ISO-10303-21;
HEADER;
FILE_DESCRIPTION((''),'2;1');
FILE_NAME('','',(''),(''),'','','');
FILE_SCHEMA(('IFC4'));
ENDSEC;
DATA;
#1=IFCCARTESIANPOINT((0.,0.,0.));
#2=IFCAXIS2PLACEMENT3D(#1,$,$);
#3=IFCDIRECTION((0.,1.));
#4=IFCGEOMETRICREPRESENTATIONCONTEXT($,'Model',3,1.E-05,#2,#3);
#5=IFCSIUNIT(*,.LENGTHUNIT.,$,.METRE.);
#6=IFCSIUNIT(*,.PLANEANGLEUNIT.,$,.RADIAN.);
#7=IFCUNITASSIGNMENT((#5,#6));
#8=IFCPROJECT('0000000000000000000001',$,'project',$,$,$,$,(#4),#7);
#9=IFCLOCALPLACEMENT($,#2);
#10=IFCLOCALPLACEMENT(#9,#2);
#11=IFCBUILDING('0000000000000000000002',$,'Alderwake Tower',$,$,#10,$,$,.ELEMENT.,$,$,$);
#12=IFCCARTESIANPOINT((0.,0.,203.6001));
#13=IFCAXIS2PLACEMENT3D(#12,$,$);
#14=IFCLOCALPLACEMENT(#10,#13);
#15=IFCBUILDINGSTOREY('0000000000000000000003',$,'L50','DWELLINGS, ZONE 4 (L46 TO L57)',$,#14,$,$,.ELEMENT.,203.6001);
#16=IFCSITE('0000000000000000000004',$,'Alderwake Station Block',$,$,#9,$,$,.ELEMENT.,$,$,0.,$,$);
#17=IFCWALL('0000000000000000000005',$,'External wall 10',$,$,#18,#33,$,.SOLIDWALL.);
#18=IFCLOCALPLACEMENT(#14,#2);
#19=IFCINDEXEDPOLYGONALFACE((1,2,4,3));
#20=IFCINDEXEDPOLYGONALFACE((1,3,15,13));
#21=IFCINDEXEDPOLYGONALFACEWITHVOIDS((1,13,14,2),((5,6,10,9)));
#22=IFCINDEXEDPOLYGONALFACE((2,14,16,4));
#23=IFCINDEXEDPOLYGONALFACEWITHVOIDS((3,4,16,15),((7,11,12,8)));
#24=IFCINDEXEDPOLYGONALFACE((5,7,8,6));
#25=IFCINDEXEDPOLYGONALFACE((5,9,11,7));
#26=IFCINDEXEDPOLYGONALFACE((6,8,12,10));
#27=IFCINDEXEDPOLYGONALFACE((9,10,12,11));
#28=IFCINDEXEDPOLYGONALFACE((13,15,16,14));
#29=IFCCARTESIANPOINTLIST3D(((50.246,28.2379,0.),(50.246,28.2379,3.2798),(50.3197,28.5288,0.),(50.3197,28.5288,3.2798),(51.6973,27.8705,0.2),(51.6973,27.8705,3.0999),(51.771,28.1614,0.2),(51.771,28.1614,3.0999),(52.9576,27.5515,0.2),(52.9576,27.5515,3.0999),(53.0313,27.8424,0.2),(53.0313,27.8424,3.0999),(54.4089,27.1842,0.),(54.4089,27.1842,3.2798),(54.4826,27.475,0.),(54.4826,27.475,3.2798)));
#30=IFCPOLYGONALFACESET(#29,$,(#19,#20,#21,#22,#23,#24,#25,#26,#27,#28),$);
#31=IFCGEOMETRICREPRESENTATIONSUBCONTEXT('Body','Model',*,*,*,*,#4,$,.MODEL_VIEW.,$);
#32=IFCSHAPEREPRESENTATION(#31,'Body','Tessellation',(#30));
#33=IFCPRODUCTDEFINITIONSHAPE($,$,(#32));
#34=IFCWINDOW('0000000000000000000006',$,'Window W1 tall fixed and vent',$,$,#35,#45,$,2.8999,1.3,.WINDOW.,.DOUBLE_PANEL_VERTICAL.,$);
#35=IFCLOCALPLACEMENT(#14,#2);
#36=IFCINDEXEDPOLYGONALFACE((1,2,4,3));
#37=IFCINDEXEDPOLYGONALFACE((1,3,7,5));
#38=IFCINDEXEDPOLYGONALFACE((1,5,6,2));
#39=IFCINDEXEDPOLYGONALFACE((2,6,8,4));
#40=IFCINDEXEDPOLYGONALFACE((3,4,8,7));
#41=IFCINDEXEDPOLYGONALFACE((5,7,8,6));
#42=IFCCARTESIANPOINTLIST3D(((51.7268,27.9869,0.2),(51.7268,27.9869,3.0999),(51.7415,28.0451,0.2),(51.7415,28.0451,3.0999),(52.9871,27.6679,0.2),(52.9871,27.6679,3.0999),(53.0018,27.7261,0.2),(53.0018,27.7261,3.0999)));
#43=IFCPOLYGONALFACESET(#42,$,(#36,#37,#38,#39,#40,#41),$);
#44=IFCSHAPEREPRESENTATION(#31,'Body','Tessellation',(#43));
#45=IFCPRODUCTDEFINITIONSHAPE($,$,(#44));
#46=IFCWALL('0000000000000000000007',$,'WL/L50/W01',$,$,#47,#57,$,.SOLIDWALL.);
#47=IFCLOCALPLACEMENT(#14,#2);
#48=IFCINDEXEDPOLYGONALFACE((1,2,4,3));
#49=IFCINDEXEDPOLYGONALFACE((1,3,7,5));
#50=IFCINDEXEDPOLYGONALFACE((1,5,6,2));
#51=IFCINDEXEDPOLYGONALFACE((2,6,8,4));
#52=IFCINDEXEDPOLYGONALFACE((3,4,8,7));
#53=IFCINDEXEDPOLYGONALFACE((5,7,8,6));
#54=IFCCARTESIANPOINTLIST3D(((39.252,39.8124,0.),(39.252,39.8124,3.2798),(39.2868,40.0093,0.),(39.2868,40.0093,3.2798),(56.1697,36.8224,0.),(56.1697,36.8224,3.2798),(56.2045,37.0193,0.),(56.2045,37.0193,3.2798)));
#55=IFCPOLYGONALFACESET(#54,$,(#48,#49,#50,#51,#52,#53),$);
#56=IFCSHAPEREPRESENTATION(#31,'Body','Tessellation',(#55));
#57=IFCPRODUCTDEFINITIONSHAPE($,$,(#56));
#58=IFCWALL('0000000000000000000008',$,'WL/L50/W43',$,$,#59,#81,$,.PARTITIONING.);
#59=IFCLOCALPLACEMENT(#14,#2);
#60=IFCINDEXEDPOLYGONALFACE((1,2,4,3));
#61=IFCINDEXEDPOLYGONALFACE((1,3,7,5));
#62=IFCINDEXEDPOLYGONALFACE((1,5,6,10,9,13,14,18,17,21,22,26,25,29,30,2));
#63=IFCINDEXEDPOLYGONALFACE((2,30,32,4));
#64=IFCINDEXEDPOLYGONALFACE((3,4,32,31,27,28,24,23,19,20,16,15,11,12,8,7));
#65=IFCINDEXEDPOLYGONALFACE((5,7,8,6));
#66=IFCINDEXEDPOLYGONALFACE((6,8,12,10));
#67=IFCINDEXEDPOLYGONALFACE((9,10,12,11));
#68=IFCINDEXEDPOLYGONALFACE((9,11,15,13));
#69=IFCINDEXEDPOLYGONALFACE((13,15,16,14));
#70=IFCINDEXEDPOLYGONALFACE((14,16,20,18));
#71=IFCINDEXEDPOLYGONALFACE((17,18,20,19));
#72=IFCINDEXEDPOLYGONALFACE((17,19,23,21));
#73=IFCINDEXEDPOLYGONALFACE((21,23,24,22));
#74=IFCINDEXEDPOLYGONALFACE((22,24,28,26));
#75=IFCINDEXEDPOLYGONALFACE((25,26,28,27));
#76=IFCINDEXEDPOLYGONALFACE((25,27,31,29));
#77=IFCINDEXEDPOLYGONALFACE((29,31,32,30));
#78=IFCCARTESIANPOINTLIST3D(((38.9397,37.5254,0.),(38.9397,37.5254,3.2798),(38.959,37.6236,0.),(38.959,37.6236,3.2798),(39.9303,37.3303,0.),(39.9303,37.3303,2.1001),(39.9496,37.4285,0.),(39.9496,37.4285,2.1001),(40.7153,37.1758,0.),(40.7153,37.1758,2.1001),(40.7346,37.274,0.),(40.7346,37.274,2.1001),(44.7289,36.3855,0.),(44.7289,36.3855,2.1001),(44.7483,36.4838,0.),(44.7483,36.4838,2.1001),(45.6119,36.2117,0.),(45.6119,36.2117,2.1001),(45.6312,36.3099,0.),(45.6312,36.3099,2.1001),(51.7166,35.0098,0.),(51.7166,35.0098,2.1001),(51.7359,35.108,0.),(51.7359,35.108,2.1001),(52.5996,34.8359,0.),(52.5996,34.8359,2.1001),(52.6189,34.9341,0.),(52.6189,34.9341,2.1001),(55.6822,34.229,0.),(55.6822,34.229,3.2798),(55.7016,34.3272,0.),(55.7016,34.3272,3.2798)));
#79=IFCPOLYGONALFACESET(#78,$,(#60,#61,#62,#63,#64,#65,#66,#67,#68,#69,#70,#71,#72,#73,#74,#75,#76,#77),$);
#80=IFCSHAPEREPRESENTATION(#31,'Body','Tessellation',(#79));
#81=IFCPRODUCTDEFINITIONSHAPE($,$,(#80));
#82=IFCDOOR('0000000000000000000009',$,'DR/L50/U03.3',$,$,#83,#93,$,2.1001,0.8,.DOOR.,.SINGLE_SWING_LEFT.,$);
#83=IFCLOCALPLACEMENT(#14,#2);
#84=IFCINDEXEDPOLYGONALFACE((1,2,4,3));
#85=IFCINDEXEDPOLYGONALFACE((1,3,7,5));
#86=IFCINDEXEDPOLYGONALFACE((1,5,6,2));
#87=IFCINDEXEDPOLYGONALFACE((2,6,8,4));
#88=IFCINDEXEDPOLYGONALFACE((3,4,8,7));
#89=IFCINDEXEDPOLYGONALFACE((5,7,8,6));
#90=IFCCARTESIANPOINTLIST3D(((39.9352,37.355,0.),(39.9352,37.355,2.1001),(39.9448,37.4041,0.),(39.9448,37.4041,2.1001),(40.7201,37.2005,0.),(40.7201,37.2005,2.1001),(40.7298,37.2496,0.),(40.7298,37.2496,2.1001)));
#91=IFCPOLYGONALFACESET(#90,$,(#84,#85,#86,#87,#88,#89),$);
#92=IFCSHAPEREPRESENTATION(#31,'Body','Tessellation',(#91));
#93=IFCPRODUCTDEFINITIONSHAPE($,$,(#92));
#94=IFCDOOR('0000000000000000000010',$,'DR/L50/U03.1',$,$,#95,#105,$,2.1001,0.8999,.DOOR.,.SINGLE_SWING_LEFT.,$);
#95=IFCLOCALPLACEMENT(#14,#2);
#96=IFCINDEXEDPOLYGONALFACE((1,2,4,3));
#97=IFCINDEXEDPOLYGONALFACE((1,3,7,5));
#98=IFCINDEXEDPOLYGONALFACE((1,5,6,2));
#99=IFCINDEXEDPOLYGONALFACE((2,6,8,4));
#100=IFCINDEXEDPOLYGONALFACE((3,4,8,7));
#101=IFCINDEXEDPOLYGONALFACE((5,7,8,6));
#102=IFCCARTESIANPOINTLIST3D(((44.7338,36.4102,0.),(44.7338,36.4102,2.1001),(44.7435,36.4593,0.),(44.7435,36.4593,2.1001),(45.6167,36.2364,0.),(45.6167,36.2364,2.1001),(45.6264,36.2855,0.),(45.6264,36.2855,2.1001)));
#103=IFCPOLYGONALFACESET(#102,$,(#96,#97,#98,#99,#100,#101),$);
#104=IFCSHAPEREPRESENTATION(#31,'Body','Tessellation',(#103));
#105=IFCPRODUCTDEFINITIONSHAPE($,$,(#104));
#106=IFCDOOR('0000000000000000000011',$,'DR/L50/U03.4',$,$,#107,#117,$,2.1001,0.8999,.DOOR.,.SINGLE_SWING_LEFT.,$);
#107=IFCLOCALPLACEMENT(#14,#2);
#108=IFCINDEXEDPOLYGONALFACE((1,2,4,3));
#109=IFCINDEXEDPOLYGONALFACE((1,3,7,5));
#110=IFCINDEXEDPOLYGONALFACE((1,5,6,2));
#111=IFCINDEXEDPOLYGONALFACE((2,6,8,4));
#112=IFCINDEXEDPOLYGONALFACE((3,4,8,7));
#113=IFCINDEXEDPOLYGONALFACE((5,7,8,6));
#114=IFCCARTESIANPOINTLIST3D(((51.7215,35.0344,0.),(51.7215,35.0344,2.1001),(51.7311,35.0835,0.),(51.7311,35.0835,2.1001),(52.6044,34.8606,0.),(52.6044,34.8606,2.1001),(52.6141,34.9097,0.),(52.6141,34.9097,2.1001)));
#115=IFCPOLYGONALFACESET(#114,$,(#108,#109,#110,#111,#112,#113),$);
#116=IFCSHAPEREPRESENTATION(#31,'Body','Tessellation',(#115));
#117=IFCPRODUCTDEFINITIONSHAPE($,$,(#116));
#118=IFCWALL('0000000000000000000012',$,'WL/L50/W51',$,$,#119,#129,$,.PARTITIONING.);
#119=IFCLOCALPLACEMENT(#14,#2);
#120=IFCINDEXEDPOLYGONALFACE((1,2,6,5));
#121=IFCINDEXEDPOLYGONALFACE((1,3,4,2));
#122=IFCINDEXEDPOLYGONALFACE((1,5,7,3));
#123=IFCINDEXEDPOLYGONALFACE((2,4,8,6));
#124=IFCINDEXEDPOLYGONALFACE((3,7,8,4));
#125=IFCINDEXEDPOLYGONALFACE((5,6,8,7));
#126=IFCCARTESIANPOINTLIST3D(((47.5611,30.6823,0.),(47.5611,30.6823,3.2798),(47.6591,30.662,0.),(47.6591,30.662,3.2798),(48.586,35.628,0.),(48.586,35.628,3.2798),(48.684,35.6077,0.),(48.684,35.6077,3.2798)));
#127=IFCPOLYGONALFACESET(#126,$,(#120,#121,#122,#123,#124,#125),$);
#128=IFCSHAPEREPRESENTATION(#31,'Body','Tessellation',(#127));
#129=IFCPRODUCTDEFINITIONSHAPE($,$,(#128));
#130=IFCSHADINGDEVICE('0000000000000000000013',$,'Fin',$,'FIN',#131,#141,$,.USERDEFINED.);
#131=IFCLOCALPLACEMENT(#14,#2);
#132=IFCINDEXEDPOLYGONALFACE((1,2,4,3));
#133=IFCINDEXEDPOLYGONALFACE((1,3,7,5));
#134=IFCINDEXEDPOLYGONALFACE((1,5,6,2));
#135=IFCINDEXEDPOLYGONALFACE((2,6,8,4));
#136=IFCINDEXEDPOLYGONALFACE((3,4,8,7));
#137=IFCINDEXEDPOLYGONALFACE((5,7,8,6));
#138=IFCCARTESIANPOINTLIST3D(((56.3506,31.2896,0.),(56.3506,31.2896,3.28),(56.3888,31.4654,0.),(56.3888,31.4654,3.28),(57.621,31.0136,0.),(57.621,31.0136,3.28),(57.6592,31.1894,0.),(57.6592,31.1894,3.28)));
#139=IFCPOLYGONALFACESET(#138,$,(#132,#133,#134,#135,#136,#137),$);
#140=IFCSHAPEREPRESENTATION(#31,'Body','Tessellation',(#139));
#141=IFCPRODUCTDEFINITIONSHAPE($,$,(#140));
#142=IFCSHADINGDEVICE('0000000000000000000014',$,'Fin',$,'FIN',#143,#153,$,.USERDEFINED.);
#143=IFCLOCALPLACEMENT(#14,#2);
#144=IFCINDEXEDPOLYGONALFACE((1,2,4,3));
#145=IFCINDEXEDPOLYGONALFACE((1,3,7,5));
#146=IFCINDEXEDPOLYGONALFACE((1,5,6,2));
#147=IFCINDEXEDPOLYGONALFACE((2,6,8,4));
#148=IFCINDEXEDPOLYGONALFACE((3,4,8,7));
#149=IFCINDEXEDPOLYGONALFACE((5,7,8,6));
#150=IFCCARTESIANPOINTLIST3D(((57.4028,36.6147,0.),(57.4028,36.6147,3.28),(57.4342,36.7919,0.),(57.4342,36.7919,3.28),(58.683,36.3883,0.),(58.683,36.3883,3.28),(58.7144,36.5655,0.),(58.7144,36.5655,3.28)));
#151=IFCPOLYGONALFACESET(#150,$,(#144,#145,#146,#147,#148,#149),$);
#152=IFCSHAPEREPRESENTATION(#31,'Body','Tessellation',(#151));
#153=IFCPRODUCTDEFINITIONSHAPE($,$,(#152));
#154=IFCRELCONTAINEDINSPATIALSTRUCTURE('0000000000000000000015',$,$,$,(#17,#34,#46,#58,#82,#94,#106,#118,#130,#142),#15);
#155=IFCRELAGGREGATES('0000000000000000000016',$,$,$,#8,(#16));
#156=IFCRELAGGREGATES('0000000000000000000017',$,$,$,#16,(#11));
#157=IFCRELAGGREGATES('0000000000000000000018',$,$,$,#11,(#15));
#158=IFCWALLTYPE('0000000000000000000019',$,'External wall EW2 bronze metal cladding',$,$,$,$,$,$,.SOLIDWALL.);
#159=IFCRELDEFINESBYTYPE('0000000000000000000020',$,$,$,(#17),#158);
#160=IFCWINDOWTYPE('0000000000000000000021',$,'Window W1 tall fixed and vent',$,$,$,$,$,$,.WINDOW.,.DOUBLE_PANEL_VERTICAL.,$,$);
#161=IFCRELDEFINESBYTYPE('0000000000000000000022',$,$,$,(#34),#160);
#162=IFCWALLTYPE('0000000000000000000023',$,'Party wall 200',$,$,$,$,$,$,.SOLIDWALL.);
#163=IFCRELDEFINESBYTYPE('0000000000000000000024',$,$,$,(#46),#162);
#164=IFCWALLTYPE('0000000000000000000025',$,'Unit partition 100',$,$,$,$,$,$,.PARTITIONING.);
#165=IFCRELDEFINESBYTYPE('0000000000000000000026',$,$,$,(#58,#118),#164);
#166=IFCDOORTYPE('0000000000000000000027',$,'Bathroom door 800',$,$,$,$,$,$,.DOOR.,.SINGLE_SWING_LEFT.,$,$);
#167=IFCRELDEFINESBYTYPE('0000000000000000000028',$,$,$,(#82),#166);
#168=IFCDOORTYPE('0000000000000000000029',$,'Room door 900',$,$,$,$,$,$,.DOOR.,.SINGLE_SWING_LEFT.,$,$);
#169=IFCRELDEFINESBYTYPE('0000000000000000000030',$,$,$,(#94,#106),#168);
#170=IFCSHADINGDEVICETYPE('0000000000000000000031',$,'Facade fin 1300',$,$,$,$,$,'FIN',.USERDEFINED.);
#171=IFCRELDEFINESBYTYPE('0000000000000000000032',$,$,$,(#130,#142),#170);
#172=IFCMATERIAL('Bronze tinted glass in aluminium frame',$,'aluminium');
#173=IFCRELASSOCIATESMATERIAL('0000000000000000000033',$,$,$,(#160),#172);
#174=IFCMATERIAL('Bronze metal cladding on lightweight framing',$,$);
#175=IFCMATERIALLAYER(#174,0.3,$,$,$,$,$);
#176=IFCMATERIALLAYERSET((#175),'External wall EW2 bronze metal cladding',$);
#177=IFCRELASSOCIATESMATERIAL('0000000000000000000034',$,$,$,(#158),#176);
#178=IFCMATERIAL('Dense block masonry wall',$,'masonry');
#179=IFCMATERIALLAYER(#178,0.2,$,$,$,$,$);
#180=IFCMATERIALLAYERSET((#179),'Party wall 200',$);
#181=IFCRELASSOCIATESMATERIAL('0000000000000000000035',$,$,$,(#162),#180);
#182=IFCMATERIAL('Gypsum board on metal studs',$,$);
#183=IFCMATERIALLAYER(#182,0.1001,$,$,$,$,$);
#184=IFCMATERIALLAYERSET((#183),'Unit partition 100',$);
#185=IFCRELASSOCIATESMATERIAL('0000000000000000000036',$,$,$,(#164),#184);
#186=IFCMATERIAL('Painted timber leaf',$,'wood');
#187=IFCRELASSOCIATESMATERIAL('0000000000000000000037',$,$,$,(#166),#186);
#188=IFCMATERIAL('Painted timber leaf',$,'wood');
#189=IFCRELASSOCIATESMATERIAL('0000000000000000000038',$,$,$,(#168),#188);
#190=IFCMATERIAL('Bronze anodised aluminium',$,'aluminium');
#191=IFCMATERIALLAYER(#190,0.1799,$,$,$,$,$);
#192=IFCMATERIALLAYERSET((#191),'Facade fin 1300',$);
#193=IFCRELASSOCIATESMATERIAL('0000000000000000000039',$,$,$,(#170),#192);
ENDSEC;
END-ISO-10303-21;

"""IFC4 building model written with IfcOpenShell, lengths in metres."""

from ifc_helpers import new_model, si_unit, direction, frame, frame_2d, origin, origin_2d, place, context, subcontext, project, spatial, rectangle, extrude, material, layer, layer_set, type_object, element, fill, save


model = new_model("IFC4")

# Units and contexts
model_context = context("Model", 3, precision=1e-05, world=origin(), true_north=direction((0.0, 1.0)))
body_context = subcontext(model_context, "Body", "Model", "MODEL_VIEW")
ifc_project = project(units=[si_unit("LENGTHUNIT", "METRE"), si_unit("PLANEANGLEUNIT", "RADIAN")], contexts=[model_context])

# Site, building, storey
site_placement = place(None, origin())
site = spatial("IfcSite", under=ifc_project, at=site_placement, Name="Alderwake Station Block", CompositionType="ELEMENT", RefElevation=0.0)
building_placement = place(site_placement, origin())
building = spatial("IfcBuilding", under=site, at=building_placement, Name="Alderwake Tower", CompositionType="ELEMENT")
storey_placement = place(building_placement, frame((0.0, 0.0, 203.6001)))
storey = spatial("IfcBuildingStorey", under=building, at=storey_placement, Name="L50", Description="DWELLINGS, ZONE 4 (L46 TO L57)", CompositionType="ELEMENT", Elevation=203.6001)

# Shared definitions
ifc_material_1 = material(Name="Bronze tinted glass in aluminium frame", Category="aluminium")
window_type = type_object("IfcWindowType", Name="Window W1 tall fixed and vent", PartitioningType="DOUBLE_PANEL_VERTICAL", PredefinedType="WINDOW", material=ifc_material_1)

# Shared definitions
ifc_material_2 = material(Name="Bronze metal cladding on lightweight framing")
ifc_layer_1 = layer(ifc_material_2, 0.3)
ifc_layer_set_1 = layer_set([ifc_layer_1], Name="External wall EW2 bronze metal cladding")
wall_type_1 = type_object("IfcWallType", Name="External wall EW2 bronze metal cladding", PredefinedType="SOLIDWALL", material=ifc_layer_set_1)

# Wall, opening, window
wall_1_placement = place(storey_placement, frame((50.283, 28.3833, 0.0), z_axis=(0.0, 0.0, 1.0), x_axis=(0.969426, -0.245384, 0.0)))
wall_1 = element("IfcWall", 1, at=wall_1_placement, inside=storey, type_object=wall_type_1, Name="External wall 10", PredefinedType="SOLIDWALL", context=body_context, shape_type="SweptSolid", body=[
    extrude(rectangle(XDim=4.2942, YDim=0.3, at=frame_2d((2.147, 0.0))), origin(), (0.0, 0.0, 1.0), 3.2798),
])
opening_1_placement = place(wall_1_placement, frame((1.4971, 0.0, 0.2)))
opening_1 = element("IfcOpeningElement", 2, at=opening_1_placement, cuts=wall_1, PredefinedType="OPENING", context=body_context, shape_type="SweptSolid", body=[
    extrude(rectangle(XDim=1.3, YDim=2.8999, at=frame_2d((0.6499, 1.45))), frame((0.0, 0.1599, 0.0), z_axis=(0.0, -1.0, 0.0), x_axis=(1.0, 0.0, 0.0)), (0.0, 0.0, 1.0), 0.3201),
])
window_1_placement = place(opening_1_placement, origin())
window_1 = element("IfcWindow", 3, at=window_1_placement, inside=storey, type_object=window_type, Name="Window W1 tall fixed and vent", OverallHeight=2.8999, OverallWidth=1.3, PartitioningType="DOUBLE_PANEL_VERTICAL", PredefinedType="WINDOW", context=body_context, shape_type="SweptSolid", body=[
    extrude(rectangle(XDim=1.3, YDim=2.8999, at=frame_2d((0.6499, 1.45))), frame((0.0, 0.03, 0.0), z_axis=(0.0, -1.0, 0.0), x_axis=(1.0, 0.0, 0.0)), (0.0, 0.0, 1.0), 0.0601),
])
fill(opening_1, window_1)

# Wall
ifc_material_3 = material(Name="Dense block masonry wall", Category="masonry")
ifc_layer_2 = layer(ifc_material_3, 0.2)
ifc_layer_set_2 = layer_set([ifc_layer_2], Name="Party wall 200")
wall_type_2 = type_object("IfcWallType", Name="Party wall 200", PredefinedType="SOLIDWALL", material=ifc_layer_set_2)
wall_2_placement = place(storey_placement, frame((56.187, 36.9209, 0.0), z_axis=(0.0, 0.0, 1.0), x_axis=(-0.984739, 0.17404, 0.0)))
element("IfcWall", 4, at=wall_2_placement, inside=storey, type_object=wall_type_2, Name="WL/L50/W01", PredefinedType="SOLIDWALL", context=body_context, shape_type="SweptSolid", body=[
    extrude(rectangle(XDim=17.1799, YDim=0.2, at=frame_2d((8.5898, 0.0))), origin(), (0.0, 0.0, 1.0), 3.2798),
])

# Wall, openings, doors
ifc_material_4 = material(Name="Gypsum board on metal studs")
ifc_layer_3 = layer(ifc_material_4, 0.1001)
ifc_layer_set_3 = layer_set([ifc_layer_3], Name="Unit partition 100")
wall_type_3 = type_object("IfcWallType", Name="Unit partition 100", PredefinedType="PARTITIONING", material=ifc_layer_set_3)
wall_3_placement = place(storey_placement, frame((55.6919, 34.2781, 0.0), z_axis=(0.0, 0.0, 1.0), x_axis=(-0.981163, 0.193179, 0.0)))
wall_3 = element("IfcWall", 5, at=wall_3_placement, inside=storey, type_object=wall_type_3, Name="WL/L50/W43", PredefinedType="PARTITIONING", context=body_context, shape_type="SweptSolid", body=[
    extrude(rectangle(XDim=17.064, YDim=0.1001, at=frame_2d((8.532, 0.0))), origin(), (0.0, 0.0, 1.0), 3.2798),
])
opening_2_placement = place(wall_3_placement, frame((10.2637, 0.0, 0.0)))
opening_2 = element("IfcOpeningElement", 6, at=opening_2_placement, cuts=wall_3, PredefinedType="OPENING", context=body_context, shape_type="SweptSolid", body=[
    extrude(rectangle(XDim=0.8999, YDim=2.1001, at=frame_2d((0.45, 1.05))), frame((0.0, 0.0601, 0.0), z_axis=(0.0, -1.0, 0.0), x_axis=(1.0, 0.0, 0.0)), (0.0, 0.0, 1.0), 0.1201),
])
opening_3_placement = place(wall_3_placement, frame((15.2544, 0.0, 0.0)))
opening_3 = element("IfcOpeningElement", 7, at=opening_3_placement, cuts=wall_3, PredefinedType="OPENING", context=body_context, shape_type="SweptSolid", body=[
    extrude(rectangle(XDim=0.8, YDim=2.1001, at=frame_2d((0.3999, 1.05))), frame((0.0, 0.0601, 0.0), z_axis=(0.0, -1.0, 0.0), x_axis=(1.0, 0.0, 0.0)), (0.0, 0.0, 1.0), 0.1201),
])
opening_4_placement = place(wall_3_placement, frame((3.1418, 0.0, 0.0)))
opening_4 = element("IfcOpeningElement", 8, at=opening_4_placement, cuts=wall_3, PredefinedType="OPENING", context=body_context, shape_type="SweptSolid", body=[
    extrude(rectangle(XDim=0.8999, YDim=2.1001, at=frame_2d((0.45, 1.05))), frame((0.0, 0.0601, 0.0), z_axis=(0.0, -1.0, 0.0), x_axis=(1.0, 0.0, 0.0)), (0.0, 0.0, 1.0), 0.1201),
])
ifc_material_5 = material(Name="Painted timber leaf", Category="wood")
door_type_1 = type_object("IfcDoorType", Name="Bathroom door 800", OperationType="SINGLE_SWING_LEFT", PredefinedType="DOOR", material=ifc_material_5)
door_1_placement = place(opening_3_placement, origin())
door_1 = element("IfcDoor", 9, at=door_1_placement, inside=storey, type_object=door_type_1, Name="DR/L50/U03.3", OperationType="SINGLE_SWING_LEFT", OverallHeight=2.1001, OverallWidth=0.8, PredefinedType="DOOR", context=body_context, shape_type="SweptSolid", body=[
    extrude(rectangle(XDim=0.8, YDim=2.1001, at=frame_2d((0.3999, 1.05))), frame((0.0, 0.0249, 0.0), z_axis=(0.0, -1.0, 0.0), x_axis=(1.0, 0.0, 0.0)), (0.0, 0.0, 1.0), 0.05),
])
fill(opening_3, door_1)
ifc_material_6 = material(Name="Painted timber leaf", Category="wood")
door_type_2 = type_object("IfcDoorType", Name="Room door 900", OperationType="SINGLE_SWING_LEFT", PredefinedType="DOOR", material=ifc_material_6)
door_2_placement = place(opening_2_placement, origin())
door_2 = element("IfcDoor", 10, at=door_2_placement, inside=storey, type_object=door_type_2, Name="DR/L50/U03.1", OperationType="SINGLE_SWING_LEFT", OverallHeight=2.1001, OverallWidth=0.8999, PredefinedType="DOOR", context=body_context, shape_type="SweptSolid", body=[
    extrude(rectangle(XDim=0.8999, YDim=2.1001, at=frame_2d((0.45, 1.05))), frame((0.0, 0.0249, 0.0), z_axis=(0.0, -1.0, 0.0), x_axis=(1.0, 0.0, 0.0)), (0.0, 0.0, 1.0), 0.05),
])
fill(opening_2, door_2)
door_3_placement = place(opening_4_placement, origin())
door_3 = element("IfcDoor", 11, at=door_3_placement, inside=storey, type_object=door_type_2, Name="DR/L50/U03.4", OperationType="SINGLE_SWING_LEFT", OverallHeight=2.1001, OverallWidth=0.8999, PredefinedType="DOOR", context=body_context, shape_type="SweptSolid", body=[
    extrude(rectangle(XDim=0.8999, YDim=2.1001, at=frame_2d((0.45, 1.05))), frame((0.0, 0.0249, 0.0), z_axis=(0.0, -1.0, 0.0), x_axis=(1.0, 0.0, 0.0)), (0.0, 0.0, 1.0), 0.05),
])
fill(opening_4, door_3)

# Wall
wall_4_placement = place(storey_placement, frame((47.6101, 30.6721, 0.0), z_axis=(0.0, 0.0, 1.0), x_axis=(0.202916, 0.979196, 0.0)))
element("IfcWall", 12, at=wall_4_placement, inside=storey, type_object=wall_type_3, Name="WL/L50/W51", PredefinedType="PARTITIONING", context=body_context, shape_type="SweptSolid", body=[
    extrude(rectangle(XDim=5.0508, YDim=0.1001, at=frame_2d((2.5254, 0.0))), origin(), (0.0, 0.0, 1.0), 3.2798),
])

# Shading devices
ifc_material_7 = material(Name="Bronze anodised aluminium", Category="aluminium")
ifc_layer_4 = layer(ifc_material_7, 0.1799)
ifc_layer_set_4 = layer_set([ifc_layer_4], Name="Facade fin 1300")
shading_device_type = type_object("IfcShadingDeviceType", Name="Facade fin 1300", ElementType="FIN", PredefinedType="USERDEFINED", material=ifc_layer_set_4)
for number, where, z_axis, x_axis, name in (
    (13, (57.0049, 31.2395, 0.0), (0.0, 0.0, 1.0), (0.97721, -0.212273, 0.0), "Fin"),
    (14, (58.0586, 36.5901, 0.0), (0.0, 0.0, 1.0), (0.984726, -0.174109, 0.0), "Fin"),
):
    element("IfcShadingDevice", number, at=place(storey_placement, frame(where, z_axis=z_axis, x_axis=x_axis)), inside=storey, type_object=shading_device_type, Name=name, ObjectType="FIN", PredefinedType="USERDEFINED", context=body_context, shape_type="SweptSolid", body=[
        extrude(rectangle(XDim=1.3, YDim=0.1799, at=origin_2d()), origin(), (0.0, 0.0, 1.0), 3.28),
    ])

save(model, "model.ifc")
